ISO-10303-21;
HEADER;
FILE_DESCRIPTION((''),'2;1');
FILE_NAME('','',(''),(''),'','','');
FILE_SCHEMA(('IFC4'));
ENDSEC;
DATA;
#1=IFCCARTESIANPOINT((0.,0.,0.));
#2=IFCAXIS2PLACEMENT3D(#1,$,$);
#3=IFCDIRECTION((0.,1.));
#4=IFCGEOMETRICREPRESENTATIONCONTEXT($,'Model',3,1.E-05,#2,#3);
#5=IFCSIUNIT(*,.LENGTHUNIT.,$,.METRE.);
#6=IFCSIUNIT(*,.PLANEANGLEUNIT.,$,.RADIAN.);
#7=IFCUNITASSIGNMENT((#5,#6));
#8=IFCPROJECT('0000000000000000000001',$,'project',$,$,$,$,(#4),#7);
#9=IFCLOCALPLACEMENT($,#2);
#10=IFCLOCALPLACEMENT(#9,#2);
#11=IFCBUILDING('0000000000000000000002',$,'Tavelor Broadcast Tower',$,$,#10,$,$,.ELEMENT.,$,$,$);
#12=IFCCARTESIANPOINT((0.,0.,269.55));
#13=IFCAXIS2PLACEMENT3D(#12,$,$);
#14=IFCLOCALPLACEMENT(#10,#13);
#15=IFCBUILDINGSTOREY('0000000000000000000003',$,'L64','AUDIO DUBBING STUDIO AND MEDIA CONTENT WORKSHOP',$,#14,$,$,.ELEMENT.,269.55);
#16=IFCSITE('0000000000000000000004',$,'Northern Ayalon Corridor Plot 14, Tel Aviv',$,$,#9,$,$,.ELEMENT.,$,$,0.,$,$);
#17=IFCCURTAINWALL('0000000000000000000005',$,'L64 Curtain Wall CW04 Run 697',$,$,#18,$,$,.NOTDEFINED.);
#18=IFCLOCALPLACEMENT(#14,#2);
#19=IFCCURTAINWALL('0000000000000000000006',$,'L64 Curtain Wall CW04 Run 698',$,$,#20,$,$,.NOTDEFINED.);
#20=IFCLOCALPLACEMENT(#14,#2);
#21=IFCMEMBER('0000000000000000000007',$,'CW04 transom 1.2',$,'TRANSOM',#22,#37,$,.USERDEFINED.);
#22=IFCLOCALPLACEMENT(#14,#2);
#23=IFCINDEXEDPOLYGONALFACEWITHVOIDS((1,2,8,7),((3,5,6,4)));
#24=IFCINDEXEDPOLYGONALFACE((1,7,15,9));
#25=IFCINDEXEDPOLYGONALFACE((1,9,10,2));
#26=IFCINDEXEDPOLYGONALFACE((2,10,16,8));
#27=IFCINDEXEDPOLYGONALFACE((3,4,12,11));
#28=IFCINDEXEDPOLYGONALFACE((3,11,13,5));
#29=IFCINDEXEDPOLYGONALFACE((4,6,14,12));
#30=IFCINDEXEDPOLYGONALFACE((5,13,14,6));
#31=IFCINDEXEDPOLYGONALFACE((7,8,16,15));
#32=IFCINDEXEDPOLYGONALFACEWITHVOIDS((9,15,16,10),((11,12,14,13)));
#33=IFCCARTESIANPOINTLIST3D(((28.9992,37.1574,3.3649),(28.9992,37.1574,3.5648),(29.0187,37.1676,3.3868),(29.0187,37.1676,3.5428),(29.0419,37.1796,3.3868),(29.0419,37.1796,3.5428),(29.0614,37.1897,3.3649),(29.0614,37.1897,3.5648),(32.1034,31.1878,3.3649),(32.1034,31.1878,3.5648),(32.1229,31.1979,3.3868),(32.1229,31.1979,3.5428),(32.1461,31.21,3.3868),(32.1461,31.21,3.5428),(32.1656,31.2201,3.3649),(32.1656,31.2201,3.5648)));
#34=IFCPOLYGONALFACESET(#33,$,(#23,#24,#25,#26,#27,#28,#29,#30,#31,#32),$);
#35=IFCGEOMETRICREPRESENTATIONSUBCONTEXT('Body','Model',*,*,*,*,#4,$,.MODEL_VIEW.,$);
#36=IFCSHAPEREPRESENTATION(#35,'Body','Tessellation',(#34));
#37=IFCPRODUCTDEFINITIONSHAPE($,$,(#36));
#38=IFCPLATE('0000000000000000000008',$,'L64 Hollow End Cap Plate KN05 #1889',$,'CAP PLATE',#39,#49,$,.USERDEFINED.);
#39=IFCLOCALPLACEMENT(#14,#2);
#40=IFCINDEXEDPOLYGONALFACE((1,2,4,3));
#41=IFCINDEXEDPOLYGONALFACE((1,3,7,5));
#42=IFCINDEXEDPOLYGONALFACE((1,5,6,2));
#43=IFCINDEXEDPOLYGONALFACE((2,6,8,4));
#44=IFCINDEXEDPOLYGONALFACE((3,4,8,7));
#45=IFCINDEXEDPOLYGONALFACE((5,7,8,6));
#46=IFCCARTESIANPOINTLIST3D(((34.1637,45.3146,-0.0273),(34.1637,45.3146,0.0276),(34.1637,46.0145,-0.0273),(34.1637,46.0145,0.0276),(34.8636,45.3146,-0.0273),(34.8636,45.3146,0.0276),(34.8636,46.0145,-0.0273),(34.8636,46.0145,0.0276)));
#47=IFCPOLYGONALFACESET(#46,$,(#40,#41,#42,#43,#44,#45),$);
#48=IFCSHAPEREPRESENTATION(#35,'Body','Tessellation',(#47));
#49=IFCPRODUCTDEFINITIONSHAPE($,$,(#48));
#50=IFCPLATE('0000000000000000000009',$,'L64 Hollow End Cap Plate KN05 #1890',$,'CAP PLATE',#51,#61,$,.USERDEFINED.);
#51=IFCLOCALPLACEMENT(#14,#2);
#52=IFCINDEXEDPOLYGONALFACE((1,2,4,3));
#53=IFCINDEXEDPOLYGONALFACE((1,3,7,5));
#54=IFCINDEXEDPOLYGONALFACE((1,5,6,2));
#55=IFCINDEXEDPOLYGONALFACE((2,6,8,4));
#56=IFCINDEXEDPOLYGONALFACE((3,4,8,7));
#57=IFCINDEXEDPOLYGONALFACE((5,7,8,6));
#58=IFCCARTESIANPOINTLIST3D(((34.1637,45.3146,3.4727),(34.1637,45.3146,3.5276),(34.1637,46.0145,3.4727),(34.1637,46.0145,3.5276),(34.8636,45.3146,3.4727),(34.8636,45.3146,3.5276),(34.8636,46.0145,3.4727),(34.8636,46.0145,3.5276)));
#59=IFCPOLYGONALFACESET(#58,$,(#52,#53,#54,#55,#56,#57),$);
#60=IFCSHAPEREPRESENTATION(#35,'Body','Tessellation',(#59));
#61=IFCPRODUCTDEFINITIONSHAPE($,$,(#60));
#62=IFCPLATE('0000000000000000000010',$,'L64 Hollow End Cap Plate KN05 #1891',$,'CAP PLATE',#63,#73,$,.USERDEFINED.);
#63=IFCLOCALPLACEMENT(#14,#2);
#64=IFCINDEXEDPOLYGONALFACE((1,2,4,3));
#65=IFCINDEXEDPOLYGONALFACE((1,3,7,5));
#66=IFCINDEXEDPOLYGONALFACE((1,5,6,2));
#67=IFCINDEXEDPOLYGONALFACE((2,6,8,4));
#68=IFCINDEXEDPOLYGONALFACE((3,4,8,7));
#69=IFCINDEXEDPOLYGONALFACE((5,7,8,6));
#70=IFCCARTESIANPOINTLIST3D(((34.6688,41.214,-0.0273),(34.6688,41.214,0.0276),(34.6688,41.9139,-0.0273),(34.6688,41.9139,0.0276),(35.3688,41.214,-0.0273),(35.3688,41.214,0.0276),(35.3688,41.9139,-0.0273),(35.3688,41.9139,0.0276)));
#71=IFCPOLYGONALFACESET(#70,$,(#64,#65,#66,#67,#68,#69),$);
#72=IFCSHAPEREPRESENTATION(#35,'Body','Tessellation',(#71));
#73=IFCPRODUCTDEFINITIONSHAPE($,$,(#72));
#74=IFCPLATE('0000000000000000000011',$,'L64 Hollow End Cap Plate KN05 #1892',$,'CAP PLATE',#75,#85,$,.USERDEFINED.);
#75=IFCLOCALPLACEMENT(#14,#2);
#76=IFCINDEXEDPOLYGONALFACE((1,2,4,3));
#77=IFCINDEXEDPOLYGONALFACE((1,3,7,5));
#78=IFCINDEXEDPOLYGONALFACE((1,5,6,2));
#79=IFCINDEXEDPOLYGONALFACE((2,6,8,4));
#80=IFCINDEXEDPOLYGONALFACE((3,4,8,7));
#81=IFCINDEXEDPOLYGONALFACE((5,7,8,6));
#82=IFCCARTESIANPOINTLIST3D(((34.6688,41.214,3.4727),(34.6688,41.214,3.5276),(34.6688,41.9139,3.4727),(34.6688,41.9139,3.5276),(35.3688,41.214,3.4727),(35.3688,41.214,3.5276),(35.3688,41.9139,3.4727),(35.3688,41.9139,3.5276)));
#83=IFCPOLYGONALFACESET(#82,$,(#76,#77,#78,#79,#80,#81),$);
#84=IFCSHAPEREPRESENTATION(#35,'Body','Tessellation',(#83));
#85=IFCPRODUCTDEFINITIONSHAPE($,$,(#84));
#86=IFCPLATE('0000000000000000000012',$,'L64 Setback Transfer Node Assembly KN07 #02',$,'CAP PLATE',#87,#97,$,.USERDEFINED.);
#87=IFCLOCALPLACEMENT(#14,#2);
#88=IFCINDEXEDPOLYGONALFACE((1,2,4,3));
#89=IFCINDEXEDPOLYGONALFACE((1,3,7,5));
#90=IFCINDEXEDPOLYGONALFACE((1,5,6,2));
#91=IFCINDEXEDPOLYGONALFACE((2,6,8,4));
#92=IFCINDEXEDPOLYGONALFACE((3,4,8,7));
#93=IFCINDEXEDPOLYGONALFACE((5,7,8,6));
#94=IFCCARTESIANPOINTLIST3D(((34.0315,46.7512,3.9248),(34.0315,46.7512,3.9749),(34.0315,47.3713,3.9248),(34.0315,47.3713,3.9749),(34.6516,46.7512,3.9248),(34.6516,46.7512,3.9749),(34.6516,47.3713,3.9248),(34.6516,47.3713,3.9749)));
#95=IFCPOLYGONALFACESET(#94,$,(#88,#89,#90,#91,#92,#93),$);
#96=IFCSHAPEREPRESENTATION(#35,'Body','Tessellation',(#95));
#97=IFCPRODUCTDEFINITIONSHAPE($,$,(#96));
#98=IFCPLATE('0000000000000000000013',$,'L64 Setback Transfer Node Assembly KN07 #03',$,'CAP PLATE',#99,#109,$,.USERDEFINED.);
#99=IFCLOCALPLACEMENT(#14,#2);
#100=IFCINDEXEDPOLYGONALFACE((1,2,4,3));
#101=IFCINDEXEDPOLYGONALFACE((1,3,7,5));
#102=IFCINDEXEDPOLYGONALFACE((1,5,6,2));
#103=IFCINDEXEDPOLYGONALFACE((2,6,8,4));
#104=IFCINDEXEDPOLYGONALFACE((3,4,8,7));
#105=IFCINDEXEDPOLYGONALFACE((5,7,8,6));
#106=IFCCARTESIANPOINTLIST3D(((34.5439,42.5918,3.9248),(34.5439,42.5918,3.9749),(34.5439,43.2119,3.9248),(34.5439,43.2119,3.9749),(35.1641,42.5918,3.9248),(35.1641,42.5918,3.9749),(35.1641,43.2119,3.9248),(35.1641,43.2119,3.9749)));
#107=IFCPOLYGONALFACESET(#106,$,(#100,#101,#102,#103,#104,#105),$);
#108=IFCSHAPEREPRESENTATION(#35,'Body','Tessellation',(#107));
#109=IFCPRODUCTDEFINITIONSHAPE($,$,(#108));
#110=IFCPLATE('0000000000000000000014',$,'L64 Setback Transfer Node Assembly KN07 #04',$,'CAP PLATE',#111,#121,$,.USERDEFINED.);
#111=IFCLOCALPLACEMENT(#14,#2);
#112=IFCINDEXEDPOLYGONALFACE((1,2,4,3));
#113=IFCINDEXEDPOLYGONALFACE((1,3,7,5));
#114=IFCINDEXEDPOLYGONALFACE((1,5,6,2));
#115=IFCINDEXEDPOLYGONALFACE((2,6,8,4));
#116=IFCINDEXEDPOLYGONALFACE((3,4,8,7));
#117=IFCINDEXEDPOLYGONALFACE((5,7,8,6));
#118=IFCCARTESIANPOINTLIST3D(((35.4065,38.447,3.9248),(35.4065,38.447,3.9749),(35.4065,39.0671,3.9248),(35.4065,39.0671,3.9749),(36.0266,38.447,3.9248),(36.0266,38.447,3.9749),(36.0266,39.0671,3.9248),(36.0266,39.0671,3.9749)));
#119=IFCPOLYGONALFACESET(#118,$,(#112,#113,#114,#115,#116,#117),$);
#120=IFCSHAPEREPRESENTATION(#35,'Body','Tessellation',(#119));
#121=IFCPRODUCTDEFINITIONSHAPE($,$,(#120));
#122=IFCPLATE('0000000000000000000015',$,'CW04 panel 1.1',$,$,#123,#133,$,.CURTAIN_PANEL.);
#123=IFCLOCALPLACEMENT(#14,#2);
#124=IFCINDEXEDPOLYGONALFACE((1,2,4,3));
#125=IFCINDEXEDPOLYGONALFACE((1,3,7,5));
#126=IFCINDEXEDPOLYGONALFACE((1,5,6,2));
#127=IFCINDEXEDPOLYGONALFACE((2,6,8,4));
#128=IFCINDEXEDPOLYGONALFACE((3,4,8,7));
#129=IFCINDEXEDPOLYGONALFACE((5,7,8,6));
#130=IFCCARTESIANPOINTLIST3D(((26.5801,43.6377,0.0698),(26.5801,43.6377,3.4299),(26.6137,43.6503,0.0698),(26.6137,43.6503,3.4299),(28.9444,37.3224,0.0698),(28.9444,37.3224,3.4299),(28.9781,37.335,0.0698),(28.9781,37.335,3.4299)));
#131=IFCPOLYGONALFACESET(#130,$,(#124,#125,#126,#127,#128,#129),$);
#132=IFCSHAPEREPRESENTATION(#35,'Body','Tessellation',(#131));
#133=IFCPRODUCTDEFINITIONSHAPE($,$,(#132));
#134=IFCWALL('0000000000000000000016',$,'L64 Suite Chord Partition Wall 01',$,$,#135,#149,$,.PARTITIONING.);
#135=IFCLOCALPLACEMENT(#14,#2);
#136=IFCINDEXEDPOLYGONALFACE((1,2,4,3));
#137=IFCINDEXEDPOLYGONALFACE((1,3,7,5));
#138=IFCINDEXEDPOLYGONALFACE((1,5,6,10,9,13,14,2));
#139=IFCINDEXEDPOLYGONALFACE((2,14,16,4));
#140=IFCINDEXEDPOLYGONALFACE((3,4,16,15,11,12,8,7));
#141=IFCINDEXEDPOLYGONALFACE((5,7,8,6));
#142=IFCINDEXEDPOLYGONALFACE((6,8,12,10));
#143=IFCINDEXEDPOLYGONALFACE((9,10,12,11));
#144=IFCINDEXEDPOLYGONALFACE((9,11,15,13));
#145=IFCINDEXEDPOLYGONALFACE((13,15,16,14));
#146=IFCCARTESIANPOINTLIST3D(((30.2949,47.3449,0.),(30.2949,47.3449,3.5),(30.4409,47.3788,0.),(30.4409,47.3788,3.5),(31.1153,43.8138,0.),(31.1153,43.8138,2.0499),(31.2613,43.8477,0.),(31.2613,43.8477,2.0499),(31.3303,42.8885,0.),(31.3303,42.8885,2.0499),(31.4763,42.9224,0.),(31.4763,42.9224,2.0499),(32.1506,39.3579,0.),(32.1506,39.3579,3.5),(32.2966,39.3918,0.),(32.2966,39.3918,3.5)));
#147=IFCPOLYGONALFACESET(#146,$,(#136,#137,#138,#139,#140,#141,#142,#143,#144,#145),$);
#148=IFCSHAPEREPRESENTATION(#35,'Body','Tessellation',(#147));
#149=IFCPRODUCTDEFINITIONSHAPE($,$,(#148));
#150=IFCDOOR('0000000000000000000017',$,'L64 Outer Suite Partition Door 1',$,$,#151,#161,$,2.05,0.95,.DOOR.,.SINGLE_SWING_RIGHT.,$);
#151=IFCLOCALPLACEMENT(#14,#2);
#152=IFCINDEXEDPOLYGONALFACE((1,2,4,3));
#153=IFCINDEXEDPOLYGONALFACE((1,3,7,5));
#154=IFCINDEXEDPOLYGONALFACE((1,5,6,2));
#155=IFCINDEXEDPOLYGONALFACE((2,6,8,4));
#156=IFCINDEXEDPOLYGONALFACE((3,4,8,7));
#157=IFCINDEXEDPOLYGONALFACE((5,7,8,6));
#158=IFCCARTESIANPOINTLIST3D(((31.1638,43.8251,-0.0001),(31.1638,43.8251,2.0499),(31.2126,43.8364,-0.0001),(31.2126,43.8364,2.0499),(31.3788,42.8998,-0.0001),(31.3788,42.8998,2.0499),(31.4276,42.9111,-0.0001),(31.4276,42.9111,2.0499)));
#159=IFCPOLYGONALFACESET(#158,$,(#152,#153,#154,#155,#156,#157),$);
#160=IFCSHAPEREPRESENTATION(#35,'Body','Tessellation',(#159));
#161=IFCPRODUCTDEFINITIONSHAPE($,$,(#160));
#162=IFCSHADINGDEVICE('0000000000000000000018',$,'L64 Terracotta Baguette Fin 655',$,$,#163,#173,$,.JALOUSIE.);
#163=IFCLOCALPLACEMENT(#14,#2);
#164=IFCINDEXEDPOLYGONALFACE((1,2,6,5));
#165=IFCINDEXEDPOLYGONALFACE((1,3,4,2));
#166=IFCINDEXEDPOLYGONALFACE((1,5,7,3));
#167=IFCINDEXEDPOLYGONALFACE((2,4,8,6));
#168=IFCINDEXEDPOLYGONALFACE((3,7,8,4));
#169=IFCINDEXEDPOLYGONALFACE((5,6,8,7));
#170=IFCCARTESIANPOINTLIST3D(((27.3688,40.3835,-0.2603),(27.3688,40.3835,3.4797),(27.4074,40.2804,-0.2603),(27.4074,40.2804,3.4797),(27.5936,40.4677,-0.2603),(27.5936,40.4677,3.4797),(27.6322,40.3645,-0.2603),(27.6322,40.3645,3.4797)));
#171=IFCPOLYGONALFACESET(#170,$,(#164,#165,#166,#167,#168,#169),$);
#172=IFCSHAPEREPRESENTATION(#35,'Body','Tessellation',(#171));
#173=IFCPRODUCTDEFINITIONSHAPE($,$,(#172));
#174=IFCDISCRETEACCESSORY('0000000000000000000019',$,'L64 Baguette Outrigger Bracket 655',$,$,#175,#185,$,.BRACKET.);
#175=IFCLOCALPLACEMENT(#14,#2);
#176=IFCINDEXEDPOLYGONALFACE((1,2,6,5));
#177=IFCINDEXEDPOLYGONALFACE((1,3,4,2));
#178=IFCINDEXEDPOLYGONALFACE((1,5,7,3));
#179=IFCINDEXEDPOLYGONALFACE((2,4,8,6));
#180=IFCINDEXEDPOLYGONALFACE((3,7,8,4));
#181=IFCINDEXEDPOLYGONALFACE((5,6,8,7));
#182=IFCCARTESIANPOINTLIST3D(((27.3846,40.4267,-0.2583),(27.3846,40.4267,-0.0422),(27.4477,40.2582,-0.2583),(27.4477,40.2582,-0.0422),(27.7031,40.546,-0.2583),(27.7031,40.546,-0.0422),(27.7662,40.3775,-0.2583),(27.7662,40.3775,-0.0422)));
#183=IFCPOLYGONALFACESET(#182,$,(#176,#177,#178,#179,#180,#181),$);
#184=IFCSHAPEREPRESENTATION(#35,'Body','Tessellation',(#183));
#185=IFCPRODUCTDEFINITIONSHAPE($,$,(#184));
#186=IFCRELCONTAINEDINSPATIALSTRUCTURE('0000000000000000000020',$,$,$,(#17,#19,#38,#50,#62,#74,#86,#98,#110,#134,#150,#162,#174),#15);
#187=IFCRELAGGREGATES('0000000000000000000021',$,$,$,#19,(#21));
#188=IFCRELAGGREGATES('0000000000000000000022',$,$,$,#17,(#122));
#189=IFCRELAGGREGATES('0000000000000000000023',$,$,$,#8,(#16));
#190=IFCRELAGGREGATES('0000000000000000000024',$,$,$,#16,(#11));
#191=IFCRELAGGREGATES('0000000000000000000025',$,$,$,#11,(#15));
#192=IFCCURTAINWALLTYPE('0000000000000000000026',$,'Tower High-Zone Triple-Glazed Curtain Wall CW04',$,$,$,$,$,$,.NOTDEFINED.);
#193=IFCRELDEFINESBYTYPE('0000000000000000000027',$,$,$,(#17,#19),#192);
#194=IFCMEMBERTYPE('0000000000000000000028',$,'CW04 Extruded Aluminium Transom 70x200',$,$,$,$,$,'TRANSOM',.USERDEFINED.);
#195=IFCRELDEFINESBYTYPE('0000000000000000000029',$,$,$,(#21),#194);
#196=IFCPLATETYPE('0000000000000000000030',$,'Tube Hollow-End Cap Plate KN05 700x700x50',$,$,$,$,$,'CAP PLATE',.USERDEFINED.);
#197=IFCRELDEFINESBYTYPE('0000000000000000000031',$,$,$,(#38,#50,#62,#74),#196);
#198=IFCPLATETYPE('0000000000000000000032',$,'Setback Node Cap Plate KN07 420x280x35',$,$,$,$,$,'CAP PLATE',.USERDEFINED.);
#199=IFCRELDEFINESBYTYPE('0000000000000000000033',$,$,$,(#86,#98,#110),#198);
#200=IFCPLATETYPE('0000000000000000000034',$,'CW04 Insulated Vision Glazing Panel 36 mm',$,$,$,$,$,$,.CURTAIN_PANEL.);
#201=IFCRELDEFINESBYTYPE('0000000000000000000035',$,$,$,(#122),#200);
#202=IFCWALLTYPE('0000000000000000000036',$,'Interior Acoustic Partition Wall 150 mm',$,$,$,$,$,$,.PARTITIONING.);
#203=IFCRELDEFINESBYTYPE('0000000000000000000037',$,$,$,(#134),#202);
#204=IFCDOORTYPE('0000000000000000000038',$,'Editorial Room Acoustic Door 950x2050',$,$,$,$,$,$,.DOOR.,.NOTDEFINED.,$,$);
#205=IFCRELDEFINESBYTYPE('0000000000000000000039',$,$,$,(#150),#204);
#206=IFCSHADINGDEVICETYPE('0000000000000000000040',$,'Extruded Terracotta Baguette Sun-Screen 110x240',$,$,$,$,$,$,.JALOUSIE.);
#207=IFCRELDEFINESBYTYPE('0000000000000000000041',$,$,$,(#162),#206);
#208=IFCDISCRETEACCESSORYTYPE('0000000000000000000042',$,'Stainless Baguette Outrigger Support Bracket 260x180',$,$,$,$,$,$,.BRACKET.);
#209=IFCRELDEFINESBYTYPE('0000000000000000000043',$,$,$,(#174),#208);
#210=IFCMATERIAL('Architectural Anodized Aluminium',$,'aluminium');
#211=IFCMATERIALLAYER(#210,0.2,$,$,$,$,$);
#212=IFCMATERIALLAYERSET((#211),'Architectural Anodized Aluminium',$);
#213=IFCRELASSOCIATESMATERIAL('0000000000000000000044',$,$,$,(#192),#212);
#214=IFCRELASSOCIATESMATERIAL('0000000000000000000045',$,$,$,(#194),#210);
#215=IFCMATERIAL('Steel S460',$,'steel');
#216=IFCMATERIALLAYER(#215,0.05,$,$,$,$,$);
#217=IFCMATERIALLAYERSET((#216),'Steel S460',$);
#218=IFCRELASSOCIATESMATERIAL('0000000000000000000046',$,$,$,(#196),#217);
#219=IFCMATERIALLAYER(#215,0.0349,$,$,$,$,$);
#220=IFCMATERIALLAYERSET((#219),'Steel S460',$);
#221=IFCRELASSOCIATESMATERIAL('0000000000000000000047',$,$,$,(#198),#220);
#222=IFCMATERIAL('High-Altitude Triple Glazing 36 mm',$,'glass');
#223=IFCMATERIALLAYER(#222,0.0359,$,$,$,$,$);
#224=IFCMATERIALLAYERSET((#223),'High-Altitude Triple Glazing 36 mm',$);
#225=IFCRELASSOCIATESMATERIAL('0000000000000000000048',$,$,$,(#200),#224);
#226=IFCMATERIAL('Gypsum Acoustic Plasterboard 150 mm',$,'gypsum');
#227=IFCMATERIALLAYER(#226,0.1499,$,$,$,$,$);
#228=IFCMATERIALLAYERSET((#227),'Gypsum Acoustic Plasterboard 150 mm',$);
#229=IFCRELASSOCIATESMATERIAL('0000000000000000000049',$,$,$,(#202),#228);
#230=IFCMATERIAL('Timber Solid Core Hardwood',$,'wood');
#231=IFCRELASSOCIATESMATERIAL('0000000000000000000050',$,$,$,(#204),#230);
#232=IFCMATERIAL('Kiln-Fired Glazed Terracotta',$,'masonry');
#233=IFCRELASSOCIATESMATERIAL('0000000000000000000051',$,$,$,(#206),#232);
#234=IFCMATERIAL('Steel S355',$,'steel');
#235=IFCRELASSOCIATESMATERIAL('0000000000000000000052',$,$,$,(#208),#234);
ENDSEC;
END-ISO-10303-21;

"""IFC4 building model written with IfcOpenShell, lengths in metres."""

from ifc_helpers import new_model, si_unit, direction, frame, frame_2d, origin, origin_2d, place, context, subcontext, project, spatial, rectangle, hollow_rectangle, extrude, source, transform, mapped, material, layer, layer_set, material_profile, profile_set, type_object, type_shapes, element, fill, aggregate, save


model = new_model("IFC4")

# Units and contexts
model_context = context("Model", 3, precision=1e-05, world=origin(), true_north=direction((0.0, 1.0)))
body_context = subcontext(model_context, "Body", "Model", "MODEL_VIEW")
ifc_project = project(units=[si_unit("LENGTHUNIT", "METRE"), si_unit("PLANEANGLEUNIT", "RADIAN")], contexts=[model_context])

# Site, building, storey
site_placement = place(None, origin())
site = spatial("IfcSite", under=ifc_project, at=site_placement, Name="Northern Ayalon Corridor Plot 14, Tel Aviv", CompositionType="ELEMENT", RefElevation=0.0)
building_placement = place(site_placement, origin())
building = spatial("IfcBuilding", under=site, at=building_placement, Name="Tavelor Broadcast Tower", CompositionType="ELEMENT")
storey_placement = place(building_placement, frame((0.0, 0.0, 269.55)))
storey = spatial("IfcBuildingStorey", under=building, at=storey_placement, Name="L64", Description="AUDIO DUBBING STUDIO AND MEDIA CONTENT WORKSHOP", CompositionType="ELEMENT", Elevation=269.55)

# Shared definitions
ifc_material_1 = material(Name="Steel S460", Category="steel")

# Curtain wall
ifc_material_2 = material(Name="Architectural Anodized Aluminium", Category="aluminium")
ifc_layer_1 = layer(ifc_material_2, 0.2)
ifc_layer_set_1 = layer_set([ifc_layer_1], Name="Architectural Anodized Aluminium")
curtain_wall_type = type_object("IfcCurtainWallType", Name="Tower High-Zone Triple-Glazed Curtain Wall CW04", PredefinedType="NOTDEFINED", material=ifc_layer_set_1)
curtain_wall_1_placement = place(storey_placement, origin())
curtain_wall_1 = element("IfcCurtainWall", 1, at=curtain_wall_1_placement, inside=storey, type_object=curtain_wall_type, Name="L64 Curtain Wall CW04 Run 697", PredefinedType="NOTDEFINED")

# Curtain wall
curtain_wall_2_placement = place(storey_placement, origin())
curtain_wall_2 = element("IfcCurtainWall", 2, at=curtain_wall_2_placement, inside=storey, type_object=curtain_wall_type, Name="L64 Curtain Wall CW04 Run 698", PredefinedType="NOTDEFINED")

# Member
ifc_material_profile_1 = material_profile(ifc_material_2, hollow_rectangle(XDim=0.0701, YDim=0.2, WallThickness=0.022, at=origin_2d()), Name="RHS 70x200x22")
ifc_profile_set_1 = profile_set([ifc_material_profile_1], Name="Architectural Anodized Aluminium")
member_type_1 = type_object("IfcMemberType", Name="CW04 Extruded Aluminium Transom 70x200", ElementType="TRANSOM", PredefinedType="USERDEFINED", material=ifc_profile_set_1)
shared_shape_1 = source(origin(), body_context, "Body", "SweptSolid", [
    extrude(hollow_rectangle(XDim=0.0701, YDim=0.2, WallThickness=0.022, at=origin_2d()), origin(), (0.0, 0.0, 1.0), 6.7285),
])
member_1_placement = place(storey_placement, frame((29.0303, 37.1736, 3.4648), z_axis=(0.461352, -0.887217, 0.0), x_axis=(0.887217, 0.461352, 0.0)))
member_1 = element("IfcMember", 3, at=member_1_placement, type_object=member_type_1, Name="CW04 transom 1.2", ObjectType="TRANSOM", PredefinedType="USERDEFINED", context=body_context, shape_type="MappedRepresentation", body=[
    mapped(shared_shape_1, transform((0.0, 0.0, 0.0), scale=1.0)),
])
aggregate(curtain_wall_2, [member_1])

# Plates
ifc_layer_2 = layer(ifc_material_1, 0.05)
ifc_layer_set_2 = layer_set([ifc_layer_2], Name="Steel S460")
plate_type_1 = type_object("IfcPlateType", Name="Tube Hollow-End Cap Plate KN05 700x700x50", ElementType="CAP PLATE", PredefinedType="USERDEFINED", material=ifc_layer_set_2)
shared_shape_2 = source(origin(), body_context, "Body", "SweptSolid", [
    extrude(rectangle(XDim=0.7, YDim=0.7, at=origin_2d()), origin(), (0.0, 0.0, 1.0), 0.0549),
])
type_shapes(plate_type_1, [shared_shape_2])
for number, where, z_axis, x_axis, name in (
    (4, (34.5137, 45.6646, -0.0273), (0.0, 0.0, 1.0), (1.0, 0.0, 0.0), "L64 Hollow End Cap Plate KN05 #1889"),
    (5, (34.5137, 45.6646, 3.4727), (0.0, 0.0, 1.0), (1.0, 0.0, 0.0), "L64 Hollow End Cap Plate KN05 #1890"),
    (6, (35.0188, 41.564, -0.0273), (0.0, 0.0, 1.0), (1.0, 0.0, 0.0), "L64 Hollow End Cap Plate KN05 #1891"),
    (7, (35.0188, 41.564, 3.4727), (0.0, 0.0, 1.0), (1.0, 0.0, 0.0), "L64 Hollow End Cap Plate KN05 #1892"),
):
    element("IfcPlate", number, at=place(storey_placement, frame(where, z_axis=z_axis, x_axis=x_axis)), inside=storey, type_object=plate_type_1, Name=name, ObjectType="CAP PLATE", PredefinedType="USERDEFINED", context=body_context, shape_type="MappedRepresentation", body=[
        mapped(shared_shape_2, transform((0.0, 0.0, 0.0), scale=1.0)),
    ])
ifc_layer_3 = layer(ifc_material_1, 0.0349)
ifc_layer_set_3 = layer_set([ifc_layer_3], Name="Steel S460")
plate_type_2 = type_object("IfcPlateType", Name="Setback Node Cap Plate KN07 420x280x35", ElementType="CAP PLATE", PredefinedType="USERDEFINED", material=ifc_layer_set_3)
shared_shape_3 = source(origin(), body_context, "Body", "SweptSolid", [
    extrude(rectangle(XDim=0.6201, YDim=0.6201, at=origin_2d()), origin(), (0.0, 0.0, 1.0), 0.05),
])
type_shapes(plate_type_2, [shared_shape_3])
for number, where, z_axis, x_axis, name in (
    (8, (34.3416, 47.0613, 3.9248), (0.0, 0.0, 1.0), (1.0, 0.0, 0.0), "L64 Setback Transfer Node Assembly KN07 #02"),
    (9, (34.854, 42.9019, 3.9248), (0.0, 0.0, 1.0), (1.0, 0.0, 0.0), "L64 Setback Transfer Node Assembly KN07 #03"),
    (10, (35.7166, 38.7571, 3.9248), (0.0, 0.0, 1.0), (1.0, 0.0, 0.0), "L64 Setback Transfer Node Assembly KN07 #04"),
):
    element("IfcPlate", number, at=place(storey_placement, frame(where, z_axis=z_axis, x_axis=x_axis)), inside=storey, type_object=plate_type_2, Name=name, ObjectType="CAP PLATE", PredefinedType="USERDEFINED", context=body_context, shape_type="MappedRepresentation", body=[
        mapped(shared_shape_3, transform((0.0, 0.0, 0.0), scale=1.0)),
    ])

# Plate
ifc_material_3 = material(Name="High-Altitude Triple Glazing 36 mm", Category="glass")
ifc_layer_4 = layer(ifc_material_3, 0.0359)
ifc_layer_set_4 = layer_set([ifc_layer_4], Name="High-Altitude Triple Glazing 36 mm")
plate_type_3 = type_object("IfcPlateType", Name="CW04 Insulated Vision Glazing Panel 36 mm", PredefinedType="CURTAIN_PANEL", material=ifc_layer_set_4)
shared_shape_4 = source(origin(), body_context, "Body", "SweptSolid", [
    extrude(rectangle(XDim=6.7434, YDim=0.0359, at=origin_2d()), origin(), (0.0, 0.0, 1.0), 3.3601),
])
type_shapes(plate_type_3, [shared_shape_4])
plate_placement = place(storey_placement, frame((27.7791, 40.4863, 0.0698), z_axis=(0.0, 0.0, 1.0), x_axis=(0.350622, -0.936517, 0.0)))
plate = element("IfcPlate", 11, at=plate_placement, type_object=plate_type_3, Name="CW04 panel 1.1", PredefinedType="CURTAIN_PANEL", context=body_context, shape_type="MappedRepresentation", body=[
    mapped(shared_shape_4, transform((0.0, 0.0, 0.0), scale=1.0)),
])
aggregate(curtain_wall_1, [plate])

# Wall, opening, door
ifc_material_4 = material(Name="Gypsum Acoustic Plasterboard 150 mm", Category="gypsum")
ifc_layer_5 = layer(ifc_material_4, 0.1499)
ifc_layer_set_5 = layer_set([ifc_layer_5], Name="Gypsum Acoustic Plasterboard 150 mm")
wall_type = type_object("IfcWallType", Name="Interior Acoustic Partition Wall 150 mm", PredefinedType="PARTITIONING", material=ifc_layer_set_5)
wall_placement = place(storey_placement, frame((30.3679, 47.3618, 0.0), z_axis=(0.0, 0.0, 1.0), x_axis=(0.226312, -0.974055, 0.0)))
wall = element("IfcWall", 12, at=wall_placement, inside=storey, type_object=wall_type, Name="L64 Suite Chord Partition Wall 01", PredefinedType="PARTITIONING", context=body_context, shape_type="SweptSolid", body=[
    extrude(rectangle(XDim=8.1997, YDim=0.1499, at=frame_2d((4.0999, 0.0))), origin(), (0.0, 0.0, 1.0), 3.5),
])
opening_placement = place(wall_placement, frame((3.625, 0.0, 0.0)))
opening = element("IfcOpeningElement", 13, at=opening_placement, cuts=wall, PredefinedType="OPENING", context=body_context, shape_type="SweptSolid", body=[
    extrude(rectangle(XDim=0.95, YDim=2.05, at=frame_2d((0.4751, 1.0249))), frame((0.0, 0.085, 0.0), z_axis=(0.0, -1.0, 0.0), x_axis=(1.0, 0.0, 0.0)), (0.0, 0.0, 1.0), 0.1699),
])
ifc_material_5 = material(Name="Timber Solid Core Hardwood", Category="wood")
door_type = type_object("IfcDoorType", Name="Editorial Room Acoustic Door 950x2050", OperationType="NOTDEFINED", PredefinedType="DOOR", material=ifc_material_5)
door_placement = place(opening_placement, origin())
door = element("IfcDoor", 14, at=door_placement, inside=storey, type_object=door_type, Name="L64 Outer Suite Partition Door 1", OperationType="SINGLE_SWING_RIGHT", OverallHeight=2.05, OverallWidth=0.95, PredefinedType="DOOR", context=body_context, shape_type="SweptSolid", body=[
    extrude(rectangle(XDim=0.95, YDim=2.05, at=frame_2d((0.4751, 1.0249))), frame((0.0, 0.0249, 0.0), z_axis=(0.0, -1.0, 0.0), x_axis=(1.0, 0.0, 0.0)), (0.0, 0.0, 1.0), 0.05),
])
fill(opening, door)

# Shading device
ifc_material_6 = material(Name="Kiln-Fired Glazed Terracotta", Category="masonry")
shading_device_type = type_object("IfcShadingDeviceType", Name="Extruded Terracotta Baguette Sun-Screen 110x240", PredefinedType="JALOUSIE", material=ifc_material_6)
shared_shape_5 = source(origin(), body_context, "Body", "SweptSolid", [
    extrude(rectangle(XDim=0.1101, YDim=0.24, at=origin_2d()), origin(), (0.0, 0.0, 1.0), 3.74),
])
type_shapes(shading_device_type, [shared_shape_5])
shading_device_placement = place(storey_placement, frame((27.5005, 40.374, -0.2603), z_axis=(0.0, 0.0, 1.0), x_axis=(0.350698, -0.936489, 0.0)))
element("IfcShadingDevice", 15, at=shading_device_placement, inside=storey, type_object=shading_device_type, Name="L64 Terracotta Baguette Fin 655", PredefinedType="JALOUSIE", context=body_context, shape_type="MappedRepresentation", body=[
    mapped(shared_shape_5, transform((0.0, 0.0, 0.0), scale=1.0)),
])

# Discrete accessory
ifc_material_7 = material(Name="Steel S355", Category="steel")
discrete_accessory_type = type_object("IfcDiscreteAccessoryType", Name="Stainless Baguette Outrigger Support Bracket 260x180", PredefinedType="BRACKET", material=ifc_material_7)
shared_shape_6 = source(origin(), body_context, "Body", "SweptSolid", [
    extrude(rectangle(XDim=0.1799, YDim=0.3401, at=origin_2d()), origin(), (0.0, 0.0, 1.0), 0.2161),
])
type_shapes(discrete_accessory_type, [shared_shape_6])
discrete_accessory_placement = place(storey_placement, frame((27.5754, 40.4021, -0.2583), z_axis=(0.0, 0.0, 1.0), x_axis=(0.350698, -0.936489, 0.0)))
element("IfcDiscreteAccessory", 16, at=discrete_accessory_placement, inside=storey, type_object=discrete_accessory_type, Name="L64 Baguette Outrigger Bracket 655", PredefinedType="BRACKET", context=body_context, shape_type="MappedRepresentation", body=[
    mapped(shared_shape_6, transform((0.0, 0.0, 0.0), scale=1.0)),
])

save(model, "model.ifc")
